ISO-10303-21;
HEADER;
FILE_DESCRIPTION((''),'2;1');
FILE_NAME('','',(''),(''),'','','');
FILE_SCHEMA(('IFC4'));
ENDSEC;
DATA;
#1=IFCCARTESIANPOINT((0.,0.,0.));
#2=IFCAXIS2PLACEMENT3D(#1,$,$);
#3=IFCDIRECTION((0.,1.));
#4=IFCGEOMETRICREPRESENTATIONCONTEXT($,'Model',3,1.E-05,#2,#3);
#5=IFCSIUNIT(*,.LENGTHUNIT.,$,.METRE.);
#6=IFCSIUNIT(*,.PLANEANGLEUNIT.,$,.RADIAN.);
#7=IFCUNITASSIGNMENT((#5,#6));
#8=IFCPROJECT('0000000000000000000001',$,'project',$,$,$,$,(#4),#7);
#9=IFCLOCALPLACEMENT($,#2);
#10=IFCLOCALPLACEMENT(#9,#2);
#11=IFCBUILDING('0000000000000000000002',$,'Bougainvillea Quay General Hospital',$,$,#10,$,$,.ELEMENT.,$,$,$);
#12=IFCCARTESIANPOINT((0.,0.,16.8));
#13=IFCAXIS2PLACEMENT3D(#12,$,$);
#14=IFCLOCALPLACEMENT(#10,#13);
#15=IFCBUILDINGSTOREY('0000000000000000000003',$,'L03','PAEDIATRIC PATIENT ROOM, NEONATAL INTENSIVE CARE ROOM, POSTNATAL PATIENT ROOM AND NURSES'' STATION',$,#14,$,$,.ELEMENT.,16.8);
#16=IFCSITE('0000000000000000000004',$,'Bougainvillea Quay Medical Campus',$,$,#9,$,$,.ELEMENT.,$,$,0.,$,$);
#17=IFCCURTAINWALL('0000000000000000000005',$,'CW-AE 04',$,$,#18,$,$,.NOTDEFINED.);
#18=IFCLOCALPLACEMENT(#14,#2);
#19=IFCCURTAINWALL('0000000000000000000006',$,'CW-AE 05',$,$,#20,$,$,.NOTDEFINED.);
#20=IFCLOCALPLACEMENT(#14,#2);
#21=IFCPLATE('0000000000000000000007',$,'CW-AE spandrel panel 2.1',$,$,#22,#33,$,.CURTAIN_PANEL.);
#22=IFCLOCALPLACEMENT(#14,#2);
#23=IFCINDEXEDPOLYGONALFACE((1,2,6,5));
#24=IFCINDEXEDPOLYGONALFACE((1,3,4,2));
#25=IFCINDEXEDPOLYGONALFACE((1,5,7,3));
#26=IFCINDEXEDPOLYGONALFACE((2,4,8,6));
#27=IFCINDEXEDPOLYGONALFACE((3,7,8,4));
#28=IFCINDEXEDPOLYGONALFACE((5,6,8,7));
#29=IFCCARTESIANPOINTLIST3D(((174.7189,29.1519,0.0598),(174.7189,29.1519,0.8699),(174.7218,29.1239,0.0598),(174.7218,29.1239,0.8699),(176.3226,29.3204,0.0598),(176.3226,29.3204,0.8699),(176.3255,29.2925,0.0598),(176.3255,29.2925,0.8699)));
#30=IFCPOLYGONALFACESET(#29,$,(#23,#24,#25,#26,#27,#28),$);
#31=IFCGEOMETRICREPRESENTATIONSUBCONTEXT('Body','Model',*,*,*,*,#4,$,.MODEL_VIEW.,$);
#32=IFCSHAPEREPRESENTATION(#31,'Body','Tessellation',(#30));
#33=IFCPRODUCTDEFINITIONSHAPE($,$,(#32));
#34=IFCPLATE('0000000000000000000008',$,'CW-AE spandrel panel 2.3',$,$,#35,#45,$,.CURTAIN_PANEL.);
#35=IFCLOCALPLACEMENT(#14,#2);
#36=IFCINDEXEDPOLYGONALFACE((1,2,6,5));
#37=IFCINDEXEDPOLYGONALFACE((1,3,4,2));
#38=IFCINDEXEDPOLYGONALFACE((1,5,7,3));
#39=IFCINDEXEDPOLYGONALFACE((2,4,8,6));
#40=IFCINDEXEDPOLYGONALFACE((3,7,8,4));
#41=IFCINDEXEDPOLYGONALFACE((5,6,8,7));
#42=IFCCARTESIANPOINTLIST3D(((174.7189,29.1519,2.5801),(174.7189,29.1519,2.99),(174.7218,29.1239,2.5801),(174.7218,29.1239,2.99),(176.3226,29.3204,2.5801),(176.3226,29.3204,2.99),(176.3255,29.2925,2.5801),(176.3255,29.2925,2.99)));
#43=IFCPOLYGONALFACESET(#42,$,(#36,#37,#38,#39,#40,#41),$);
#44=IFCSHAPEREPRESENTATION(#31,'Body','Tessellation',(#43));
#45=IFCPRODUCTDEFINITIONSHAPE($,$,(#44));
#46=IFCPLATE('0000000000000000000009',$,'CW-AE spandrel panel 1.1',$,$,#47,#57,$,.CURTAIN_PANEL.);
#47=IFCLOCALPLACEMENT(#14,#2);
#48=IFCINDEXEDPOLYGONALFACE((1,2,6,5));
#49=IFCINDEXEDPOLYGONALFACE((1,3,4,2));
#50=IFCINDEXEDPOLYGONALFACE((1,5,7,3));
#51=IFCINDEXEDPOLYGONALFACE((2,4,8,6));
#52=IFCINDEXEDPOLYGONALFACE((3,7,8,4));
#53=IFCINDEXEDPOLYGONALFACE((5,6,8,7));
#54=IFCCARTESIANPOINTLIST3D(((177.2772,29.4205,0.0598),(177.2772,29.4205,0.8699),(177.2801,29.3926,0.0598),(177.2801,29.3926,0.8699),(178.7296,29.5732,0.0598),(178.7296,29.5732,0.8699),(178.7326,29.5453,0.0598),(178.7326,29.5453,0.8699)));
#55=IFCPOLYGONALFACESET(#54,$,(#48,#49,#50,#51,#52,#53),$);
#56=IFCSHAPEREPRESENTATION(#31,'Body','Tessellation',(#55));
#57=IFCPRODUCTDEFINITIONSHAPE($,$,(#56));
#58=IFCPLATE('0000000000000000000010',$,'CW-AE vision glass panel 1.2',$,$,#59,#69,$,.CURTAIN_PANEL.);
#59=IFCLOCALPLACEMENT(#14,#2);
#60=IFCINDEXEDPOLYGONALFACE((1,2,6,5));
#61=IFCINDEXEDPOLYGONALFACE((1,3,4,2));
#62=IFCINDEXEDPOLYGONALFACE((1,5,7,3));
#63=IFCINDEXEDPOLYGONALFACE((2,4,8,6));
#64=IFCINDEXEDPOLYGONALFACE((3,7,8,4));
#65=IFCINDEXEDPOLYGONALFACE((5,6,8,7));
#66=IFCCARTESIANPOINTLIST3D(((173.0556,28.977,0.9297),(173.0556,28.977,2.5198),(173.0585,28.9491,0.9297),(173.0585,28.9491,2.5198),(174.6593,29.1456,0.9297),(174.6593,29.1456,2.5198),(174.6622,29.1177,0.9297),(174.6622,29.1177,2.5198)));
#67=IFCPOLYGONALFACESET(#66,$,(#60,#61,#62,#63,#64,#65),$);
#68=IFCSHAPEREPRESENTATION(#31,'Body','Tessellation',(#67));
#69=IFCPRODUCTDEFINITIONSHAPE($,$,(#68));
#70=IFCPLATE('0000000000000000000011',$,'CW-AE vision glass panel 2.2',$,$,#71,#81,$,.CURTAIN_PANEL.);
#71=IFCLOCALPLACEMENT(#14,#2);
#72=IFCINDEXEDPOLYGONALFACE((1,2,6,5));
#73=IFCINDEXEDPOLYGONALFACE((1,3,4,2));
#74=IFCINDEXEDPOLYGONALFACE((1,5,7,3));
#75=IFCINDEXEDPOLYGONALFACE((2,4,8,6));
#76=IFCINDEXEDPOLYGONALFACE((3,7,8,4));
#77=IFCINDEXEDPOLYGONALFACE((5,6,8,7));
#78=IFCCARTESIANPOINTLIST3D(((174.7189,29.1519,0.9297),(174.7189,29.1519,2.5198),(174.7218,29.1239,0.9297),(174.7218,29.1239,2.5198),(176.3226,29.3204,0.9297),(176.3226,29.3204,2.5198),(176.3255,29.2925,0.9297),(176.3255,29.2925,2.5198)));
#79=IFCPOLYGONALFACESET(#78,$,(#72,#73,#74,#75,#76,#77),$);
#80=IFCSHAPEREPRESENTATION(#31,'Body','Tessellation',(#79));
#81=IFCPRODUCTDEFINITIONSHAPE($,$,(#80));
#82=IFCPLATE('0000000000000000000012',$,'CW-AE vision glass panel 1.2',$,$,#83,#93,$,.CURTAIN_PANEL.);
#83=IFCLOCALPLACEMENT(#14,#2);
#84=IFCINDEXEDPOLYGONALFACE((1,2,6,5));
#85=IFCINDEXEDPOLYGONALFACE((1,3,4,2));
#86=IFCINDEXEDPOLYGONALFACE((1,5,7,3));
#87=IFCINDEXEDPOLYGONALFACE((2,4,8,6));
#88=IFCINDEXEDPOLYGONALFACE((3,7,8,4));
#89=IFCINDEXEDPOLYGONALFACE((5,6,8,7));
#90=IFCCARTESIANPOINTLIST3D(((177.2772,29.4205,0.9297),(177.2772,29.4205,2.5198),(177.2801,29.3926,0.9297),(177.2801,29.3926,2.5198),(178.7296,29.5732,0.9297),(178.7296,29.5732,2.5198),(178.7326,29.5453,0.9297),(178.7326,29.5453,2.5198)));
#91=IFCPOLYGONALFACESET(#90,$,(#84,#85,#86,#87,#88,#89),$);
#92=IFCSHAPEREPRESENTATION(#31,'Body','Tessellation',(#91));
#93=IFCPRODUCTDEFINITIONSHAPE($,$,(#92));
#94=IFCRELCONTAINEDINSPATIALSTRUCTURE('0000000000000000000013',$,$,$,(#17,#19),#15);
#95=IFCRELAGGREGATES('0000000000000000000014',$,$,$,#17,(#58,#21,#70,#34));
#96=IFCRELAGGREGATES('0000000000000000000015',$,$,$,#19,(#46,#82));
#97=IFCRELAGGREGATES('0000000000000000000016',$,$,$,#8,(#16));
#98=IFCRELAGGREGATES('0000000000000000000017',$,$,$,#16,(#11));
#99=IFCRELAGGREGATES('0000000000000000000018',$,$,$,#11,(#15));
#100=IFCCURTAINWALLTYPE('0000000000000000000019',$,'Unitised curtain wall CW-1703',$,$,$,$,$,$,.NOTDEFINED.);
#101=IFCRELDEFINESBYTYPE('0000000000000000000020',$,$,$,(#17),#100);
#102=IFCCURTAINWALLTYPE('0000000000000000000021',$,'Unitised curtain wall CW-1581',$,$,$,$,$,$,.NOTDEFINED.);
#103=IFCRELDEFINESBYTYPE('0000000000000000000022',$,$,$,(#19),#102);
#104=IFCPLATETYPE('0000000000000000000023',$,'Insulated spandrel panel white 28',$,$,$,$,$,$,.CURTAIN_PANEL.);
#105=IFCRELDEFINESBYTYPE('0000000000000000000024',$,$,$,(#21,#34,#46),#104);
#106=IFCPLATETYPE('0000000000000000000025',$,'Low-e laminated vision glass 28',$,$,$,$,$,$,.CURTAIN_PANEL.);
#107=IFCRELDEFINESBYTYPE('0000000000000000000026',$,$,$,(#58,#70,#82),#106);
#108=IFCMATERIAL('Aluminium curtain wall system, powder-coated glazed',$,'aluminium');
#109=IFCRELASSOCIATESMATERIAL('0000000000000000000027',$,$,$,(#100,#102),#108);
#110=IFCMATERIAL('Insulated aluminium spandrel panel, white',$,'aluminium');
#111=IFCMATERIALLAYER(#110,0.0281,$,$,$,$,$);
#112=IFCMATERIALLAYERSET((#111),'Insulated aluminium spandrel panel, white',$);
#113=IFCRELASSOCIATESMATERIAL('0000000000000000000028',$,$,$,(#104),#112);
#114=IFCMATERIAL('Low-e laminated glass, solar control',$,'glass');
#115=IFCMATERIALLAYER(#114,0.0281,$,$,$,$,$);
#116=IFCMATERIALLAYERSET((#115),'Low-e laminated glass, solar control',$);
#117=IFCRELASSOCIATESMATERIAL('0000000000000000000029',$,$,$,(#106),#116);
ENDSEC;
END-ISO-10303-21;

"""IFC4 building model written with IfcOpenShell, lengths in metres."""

from ifc_helpers import new_model, si_unit, direction, frame, origin, origin_2d, place, context, subcontext, project, spatial, rectangle, extrude, material, layer, layer_set, type_object, element, aggregate, save


model = new_model("IFC4")

# Units and contexts
model_context = context("Model", 3, precision=1e-05, world=origin(), true_north=direction((0.0, 1.0)))
body_context = subcontext(model_context, "Body", "Model", "MODEL_VIEW")
ifc_project = project(units=[si_unit("LENGTHUNIT", "METRE"), si_unit("PLANEANGLEUNIT", "RADIAN")], contexts=[model_context])

# Site, building, storey
site_placement = place(None, origin())
site = spatial("IfcSite", under=ifc_project, at=site_placement, Name="Bougainvillea Quay Medical Campus", CompositionType="ELEMENT", RefElevation=0.0)
building_placement = place(site_placement, origin())
building = spatial("IfcBuilding", under=site, at=building_placement, Name="Bougainvillea Quay General Hospital", CompositionType="ELEMENT")
storey_placement = place(building_placement, frame((0.0, 0.0, 16.8)))
storey = spatial("IfcBuildingStorey", under=building, at=storey_placement, Name="L03", Description="PAEDIATRIC PATIENT ROOM, NEONATAL INTENSIVE CARE ROOM, POSTNATAL PATIENT ROOM AND NURSES' STATION", CompositionType="ELEMENT", Elevation=16.8)

# Curtain wall
ifc_material_1 = material(Name="Aluminium curtain wall system, powder-coated glazed", Category="aluminium")
curtain_wall_type_1 = type_object("IfcCurtainWallType", Name="Unitised curtain wall CW-1703", PredefinedType="NOTDEFINED", material=ifc_material_1)
curtain_wall_1_placement = place(storey_placement, origin())
curtain_wall_1 = element("IfcCurtainWall", 1, at=curtain_wall_1_placement, inside=storey, type_object=curtain_wall_type_1, Name="CW-AE 04", PredefinedType="NOTDEFINED")

# Curtain wall
curtain_wall_type_2 = type_object("IfcCurtainWallType", Name="Unitised curtain wall CW-1581", PredefinedType="NOTDEFINED", material=ifc_material_1)
curtain_wall_2_placement = place(storey_placement, origin())
curtain_wall_2 = element("IfcCurtainWall", 2, at=curtain_wall_2_placement, inside=storey, type_object=curtain_wall_type_2, Name="CW-AE 05", PredefinedType="NOTDEFINED")

# Plates
ifc_material_2 = material(Name="Insulated aluminium spandrel panel, white", Category="aluminium")
ifc_layer_1 = layer(ifc_material_2, 0.0281)
ifc_layer_set_1 = layer_set([ifc_layer_1], Name="Insulated aluminium spandrel panel, white")
plate_type_1 = type_object("IfcPlateType", Name="Insulated spandrel panel white 28", PredefinedType="CURTAIN_PANEL", material=ifc_layer_set_1)
plate_1_placement = place(storey_placement, frame((175.5222, 29.2222, 0.0598), z_axis=(0.0, 0.0, 1.0), x_axis=(0.994522, 0.104527, 0.0)))
plate_1 = element("IfcPlate", 3, at=plate_1_placement, type_object=plate_type_1, Name="CW-AE spandrel panel 2.1", PredefinedType="CURTAIN_PANEL", context=body_context, shape_type="SweptSolid", body=[
    extrude(rectangle(XDim=1.6125, YDim=0.0281, at=origin_2d()), origin(), (0.0, 0.0, 1.0), 0.8101),
])
plate_2_placement = place(storey_placement, frame((175.5222, 29.2222, 2.5801), z_axis=(0.0, 0.0, 1.0), x_axis=(0.994522, 0.104527, 0.0)))
plate_2 = element("IfcPlate", 4, at=plate_2_placement, type_object=plate_type_1, Name="CW-AE spandrel panel 2.3", PredefinedType="CURTAIN_PANEL", context=body_context, shape_type="SweptSolid", body=[
    extrude(rectangle(XDim=1.6125, YDim=0.0281, at=origin_2d()), origin(), (0.0, 0.0, 1.0), 0.4099),
])
plate_3_placement = place(storey_placement, frame((178.0049, 29.4829, 0.0598), z_axis=(0.0, 0.0, 1.0), x_axis=(0.994522, 0.104527, 0.0)))
plate_3 = element("IfcPlate", 5, at=plate_3_placement, type_object=plate_type_1, Name="CW-AE spandrel panel 1.1", PredefinedType="CURTAIN_PANEL", context=body_context, shape_type="SweptSolid", body=[
    extrude(rectangle(XDim=1.4604, YDim=0.0281, at=origin_2d()), origin(), (0.0, 0.0, 1.0), 0.8101),
])
ifc_material_3 = material(Name="Low-e laminated glass, solar control", Category="glass")
ifc_layer_2 = layer(ifc_material_3, 0.0281)
ifc_layer_set_2 = layer_set([ifc_layer_2], Name="Low-e laminated glass, solar control")
plate_type_2 = type_object("IfcPlateType", Name="Low-e laminated vision glass 28", PredefinedType="CURTAIN_PANEL", material=ifc_layer_set_2)
plate_4_placement = place(storey_placement, frame((173.8589, 29.0474, 0.9297), z_axis=(0.0, 0.0, 1.0), x_axis=(0.994522, 0.104527, 0.0)))
plate_4 = element("IfcPlate", 6, at=plate_4_placement, type_object=plate_type_2, Name="CW-AE vision glass panel 1.2", PredefinedType="CURTAIN_PANEL", context=body_context, shape_type="SweptSolid", body=[
    extrude(rectangle(XDim=1.6125, YDim=0.0281, at=origin_2d()), origin(), (0.0, 0.0, 1.0), 1.5901),
])
plate_5_placement = place(storey_placement, frame((175.5222, 29.2222, 0.9297), z_axis=(0.0, 0.0, 1.0), x_axis=(0.994522, 0.104527, 0.0)))
plate_5 = element("IfcPlate", 7, at=plate_5_placement, type_object=plate_type_2, Name="CW-AE vision glass panel 2.2", PredefinedType="CURTAIN_PANEL", context=body_context, shape_type="SweptSolid", body=[
    extrude(rectangle(XDim=1.6125, YDim=0.0281, at=origin_2d()), origin(), (0.0, 0.0, 1.0), 1.5901),
])
aggregate(curtain_wall_1, [plate_4, plate_1, plate_5, plate_2])
plate_6_placement = place(storey_placement, frame((178.0049, 29.4829, 0.9297), z_axis=(0.0, 0.0, 1.0), x_axis=(0.994522, 0.104527, 0.0)))
plate_6 = element("IfcPlate", 8, at=plate_6_placement, type_object=plate_type_2, Name="CW-AE vision glass panel 1.2", PredefinedType="CURTAIN_PANEL", context=body_context, shape_type="SweptSolid", body=[
    extrude(rectangle(XDim=1.4604, YDim=0.0281, at=origin_2d()), origin(), (0.0, 0.0, 1.0), 1.5901),
])
aggregate(curtain_wall_2, [plate_3, plate_6])

save(model, "model.ifc")
